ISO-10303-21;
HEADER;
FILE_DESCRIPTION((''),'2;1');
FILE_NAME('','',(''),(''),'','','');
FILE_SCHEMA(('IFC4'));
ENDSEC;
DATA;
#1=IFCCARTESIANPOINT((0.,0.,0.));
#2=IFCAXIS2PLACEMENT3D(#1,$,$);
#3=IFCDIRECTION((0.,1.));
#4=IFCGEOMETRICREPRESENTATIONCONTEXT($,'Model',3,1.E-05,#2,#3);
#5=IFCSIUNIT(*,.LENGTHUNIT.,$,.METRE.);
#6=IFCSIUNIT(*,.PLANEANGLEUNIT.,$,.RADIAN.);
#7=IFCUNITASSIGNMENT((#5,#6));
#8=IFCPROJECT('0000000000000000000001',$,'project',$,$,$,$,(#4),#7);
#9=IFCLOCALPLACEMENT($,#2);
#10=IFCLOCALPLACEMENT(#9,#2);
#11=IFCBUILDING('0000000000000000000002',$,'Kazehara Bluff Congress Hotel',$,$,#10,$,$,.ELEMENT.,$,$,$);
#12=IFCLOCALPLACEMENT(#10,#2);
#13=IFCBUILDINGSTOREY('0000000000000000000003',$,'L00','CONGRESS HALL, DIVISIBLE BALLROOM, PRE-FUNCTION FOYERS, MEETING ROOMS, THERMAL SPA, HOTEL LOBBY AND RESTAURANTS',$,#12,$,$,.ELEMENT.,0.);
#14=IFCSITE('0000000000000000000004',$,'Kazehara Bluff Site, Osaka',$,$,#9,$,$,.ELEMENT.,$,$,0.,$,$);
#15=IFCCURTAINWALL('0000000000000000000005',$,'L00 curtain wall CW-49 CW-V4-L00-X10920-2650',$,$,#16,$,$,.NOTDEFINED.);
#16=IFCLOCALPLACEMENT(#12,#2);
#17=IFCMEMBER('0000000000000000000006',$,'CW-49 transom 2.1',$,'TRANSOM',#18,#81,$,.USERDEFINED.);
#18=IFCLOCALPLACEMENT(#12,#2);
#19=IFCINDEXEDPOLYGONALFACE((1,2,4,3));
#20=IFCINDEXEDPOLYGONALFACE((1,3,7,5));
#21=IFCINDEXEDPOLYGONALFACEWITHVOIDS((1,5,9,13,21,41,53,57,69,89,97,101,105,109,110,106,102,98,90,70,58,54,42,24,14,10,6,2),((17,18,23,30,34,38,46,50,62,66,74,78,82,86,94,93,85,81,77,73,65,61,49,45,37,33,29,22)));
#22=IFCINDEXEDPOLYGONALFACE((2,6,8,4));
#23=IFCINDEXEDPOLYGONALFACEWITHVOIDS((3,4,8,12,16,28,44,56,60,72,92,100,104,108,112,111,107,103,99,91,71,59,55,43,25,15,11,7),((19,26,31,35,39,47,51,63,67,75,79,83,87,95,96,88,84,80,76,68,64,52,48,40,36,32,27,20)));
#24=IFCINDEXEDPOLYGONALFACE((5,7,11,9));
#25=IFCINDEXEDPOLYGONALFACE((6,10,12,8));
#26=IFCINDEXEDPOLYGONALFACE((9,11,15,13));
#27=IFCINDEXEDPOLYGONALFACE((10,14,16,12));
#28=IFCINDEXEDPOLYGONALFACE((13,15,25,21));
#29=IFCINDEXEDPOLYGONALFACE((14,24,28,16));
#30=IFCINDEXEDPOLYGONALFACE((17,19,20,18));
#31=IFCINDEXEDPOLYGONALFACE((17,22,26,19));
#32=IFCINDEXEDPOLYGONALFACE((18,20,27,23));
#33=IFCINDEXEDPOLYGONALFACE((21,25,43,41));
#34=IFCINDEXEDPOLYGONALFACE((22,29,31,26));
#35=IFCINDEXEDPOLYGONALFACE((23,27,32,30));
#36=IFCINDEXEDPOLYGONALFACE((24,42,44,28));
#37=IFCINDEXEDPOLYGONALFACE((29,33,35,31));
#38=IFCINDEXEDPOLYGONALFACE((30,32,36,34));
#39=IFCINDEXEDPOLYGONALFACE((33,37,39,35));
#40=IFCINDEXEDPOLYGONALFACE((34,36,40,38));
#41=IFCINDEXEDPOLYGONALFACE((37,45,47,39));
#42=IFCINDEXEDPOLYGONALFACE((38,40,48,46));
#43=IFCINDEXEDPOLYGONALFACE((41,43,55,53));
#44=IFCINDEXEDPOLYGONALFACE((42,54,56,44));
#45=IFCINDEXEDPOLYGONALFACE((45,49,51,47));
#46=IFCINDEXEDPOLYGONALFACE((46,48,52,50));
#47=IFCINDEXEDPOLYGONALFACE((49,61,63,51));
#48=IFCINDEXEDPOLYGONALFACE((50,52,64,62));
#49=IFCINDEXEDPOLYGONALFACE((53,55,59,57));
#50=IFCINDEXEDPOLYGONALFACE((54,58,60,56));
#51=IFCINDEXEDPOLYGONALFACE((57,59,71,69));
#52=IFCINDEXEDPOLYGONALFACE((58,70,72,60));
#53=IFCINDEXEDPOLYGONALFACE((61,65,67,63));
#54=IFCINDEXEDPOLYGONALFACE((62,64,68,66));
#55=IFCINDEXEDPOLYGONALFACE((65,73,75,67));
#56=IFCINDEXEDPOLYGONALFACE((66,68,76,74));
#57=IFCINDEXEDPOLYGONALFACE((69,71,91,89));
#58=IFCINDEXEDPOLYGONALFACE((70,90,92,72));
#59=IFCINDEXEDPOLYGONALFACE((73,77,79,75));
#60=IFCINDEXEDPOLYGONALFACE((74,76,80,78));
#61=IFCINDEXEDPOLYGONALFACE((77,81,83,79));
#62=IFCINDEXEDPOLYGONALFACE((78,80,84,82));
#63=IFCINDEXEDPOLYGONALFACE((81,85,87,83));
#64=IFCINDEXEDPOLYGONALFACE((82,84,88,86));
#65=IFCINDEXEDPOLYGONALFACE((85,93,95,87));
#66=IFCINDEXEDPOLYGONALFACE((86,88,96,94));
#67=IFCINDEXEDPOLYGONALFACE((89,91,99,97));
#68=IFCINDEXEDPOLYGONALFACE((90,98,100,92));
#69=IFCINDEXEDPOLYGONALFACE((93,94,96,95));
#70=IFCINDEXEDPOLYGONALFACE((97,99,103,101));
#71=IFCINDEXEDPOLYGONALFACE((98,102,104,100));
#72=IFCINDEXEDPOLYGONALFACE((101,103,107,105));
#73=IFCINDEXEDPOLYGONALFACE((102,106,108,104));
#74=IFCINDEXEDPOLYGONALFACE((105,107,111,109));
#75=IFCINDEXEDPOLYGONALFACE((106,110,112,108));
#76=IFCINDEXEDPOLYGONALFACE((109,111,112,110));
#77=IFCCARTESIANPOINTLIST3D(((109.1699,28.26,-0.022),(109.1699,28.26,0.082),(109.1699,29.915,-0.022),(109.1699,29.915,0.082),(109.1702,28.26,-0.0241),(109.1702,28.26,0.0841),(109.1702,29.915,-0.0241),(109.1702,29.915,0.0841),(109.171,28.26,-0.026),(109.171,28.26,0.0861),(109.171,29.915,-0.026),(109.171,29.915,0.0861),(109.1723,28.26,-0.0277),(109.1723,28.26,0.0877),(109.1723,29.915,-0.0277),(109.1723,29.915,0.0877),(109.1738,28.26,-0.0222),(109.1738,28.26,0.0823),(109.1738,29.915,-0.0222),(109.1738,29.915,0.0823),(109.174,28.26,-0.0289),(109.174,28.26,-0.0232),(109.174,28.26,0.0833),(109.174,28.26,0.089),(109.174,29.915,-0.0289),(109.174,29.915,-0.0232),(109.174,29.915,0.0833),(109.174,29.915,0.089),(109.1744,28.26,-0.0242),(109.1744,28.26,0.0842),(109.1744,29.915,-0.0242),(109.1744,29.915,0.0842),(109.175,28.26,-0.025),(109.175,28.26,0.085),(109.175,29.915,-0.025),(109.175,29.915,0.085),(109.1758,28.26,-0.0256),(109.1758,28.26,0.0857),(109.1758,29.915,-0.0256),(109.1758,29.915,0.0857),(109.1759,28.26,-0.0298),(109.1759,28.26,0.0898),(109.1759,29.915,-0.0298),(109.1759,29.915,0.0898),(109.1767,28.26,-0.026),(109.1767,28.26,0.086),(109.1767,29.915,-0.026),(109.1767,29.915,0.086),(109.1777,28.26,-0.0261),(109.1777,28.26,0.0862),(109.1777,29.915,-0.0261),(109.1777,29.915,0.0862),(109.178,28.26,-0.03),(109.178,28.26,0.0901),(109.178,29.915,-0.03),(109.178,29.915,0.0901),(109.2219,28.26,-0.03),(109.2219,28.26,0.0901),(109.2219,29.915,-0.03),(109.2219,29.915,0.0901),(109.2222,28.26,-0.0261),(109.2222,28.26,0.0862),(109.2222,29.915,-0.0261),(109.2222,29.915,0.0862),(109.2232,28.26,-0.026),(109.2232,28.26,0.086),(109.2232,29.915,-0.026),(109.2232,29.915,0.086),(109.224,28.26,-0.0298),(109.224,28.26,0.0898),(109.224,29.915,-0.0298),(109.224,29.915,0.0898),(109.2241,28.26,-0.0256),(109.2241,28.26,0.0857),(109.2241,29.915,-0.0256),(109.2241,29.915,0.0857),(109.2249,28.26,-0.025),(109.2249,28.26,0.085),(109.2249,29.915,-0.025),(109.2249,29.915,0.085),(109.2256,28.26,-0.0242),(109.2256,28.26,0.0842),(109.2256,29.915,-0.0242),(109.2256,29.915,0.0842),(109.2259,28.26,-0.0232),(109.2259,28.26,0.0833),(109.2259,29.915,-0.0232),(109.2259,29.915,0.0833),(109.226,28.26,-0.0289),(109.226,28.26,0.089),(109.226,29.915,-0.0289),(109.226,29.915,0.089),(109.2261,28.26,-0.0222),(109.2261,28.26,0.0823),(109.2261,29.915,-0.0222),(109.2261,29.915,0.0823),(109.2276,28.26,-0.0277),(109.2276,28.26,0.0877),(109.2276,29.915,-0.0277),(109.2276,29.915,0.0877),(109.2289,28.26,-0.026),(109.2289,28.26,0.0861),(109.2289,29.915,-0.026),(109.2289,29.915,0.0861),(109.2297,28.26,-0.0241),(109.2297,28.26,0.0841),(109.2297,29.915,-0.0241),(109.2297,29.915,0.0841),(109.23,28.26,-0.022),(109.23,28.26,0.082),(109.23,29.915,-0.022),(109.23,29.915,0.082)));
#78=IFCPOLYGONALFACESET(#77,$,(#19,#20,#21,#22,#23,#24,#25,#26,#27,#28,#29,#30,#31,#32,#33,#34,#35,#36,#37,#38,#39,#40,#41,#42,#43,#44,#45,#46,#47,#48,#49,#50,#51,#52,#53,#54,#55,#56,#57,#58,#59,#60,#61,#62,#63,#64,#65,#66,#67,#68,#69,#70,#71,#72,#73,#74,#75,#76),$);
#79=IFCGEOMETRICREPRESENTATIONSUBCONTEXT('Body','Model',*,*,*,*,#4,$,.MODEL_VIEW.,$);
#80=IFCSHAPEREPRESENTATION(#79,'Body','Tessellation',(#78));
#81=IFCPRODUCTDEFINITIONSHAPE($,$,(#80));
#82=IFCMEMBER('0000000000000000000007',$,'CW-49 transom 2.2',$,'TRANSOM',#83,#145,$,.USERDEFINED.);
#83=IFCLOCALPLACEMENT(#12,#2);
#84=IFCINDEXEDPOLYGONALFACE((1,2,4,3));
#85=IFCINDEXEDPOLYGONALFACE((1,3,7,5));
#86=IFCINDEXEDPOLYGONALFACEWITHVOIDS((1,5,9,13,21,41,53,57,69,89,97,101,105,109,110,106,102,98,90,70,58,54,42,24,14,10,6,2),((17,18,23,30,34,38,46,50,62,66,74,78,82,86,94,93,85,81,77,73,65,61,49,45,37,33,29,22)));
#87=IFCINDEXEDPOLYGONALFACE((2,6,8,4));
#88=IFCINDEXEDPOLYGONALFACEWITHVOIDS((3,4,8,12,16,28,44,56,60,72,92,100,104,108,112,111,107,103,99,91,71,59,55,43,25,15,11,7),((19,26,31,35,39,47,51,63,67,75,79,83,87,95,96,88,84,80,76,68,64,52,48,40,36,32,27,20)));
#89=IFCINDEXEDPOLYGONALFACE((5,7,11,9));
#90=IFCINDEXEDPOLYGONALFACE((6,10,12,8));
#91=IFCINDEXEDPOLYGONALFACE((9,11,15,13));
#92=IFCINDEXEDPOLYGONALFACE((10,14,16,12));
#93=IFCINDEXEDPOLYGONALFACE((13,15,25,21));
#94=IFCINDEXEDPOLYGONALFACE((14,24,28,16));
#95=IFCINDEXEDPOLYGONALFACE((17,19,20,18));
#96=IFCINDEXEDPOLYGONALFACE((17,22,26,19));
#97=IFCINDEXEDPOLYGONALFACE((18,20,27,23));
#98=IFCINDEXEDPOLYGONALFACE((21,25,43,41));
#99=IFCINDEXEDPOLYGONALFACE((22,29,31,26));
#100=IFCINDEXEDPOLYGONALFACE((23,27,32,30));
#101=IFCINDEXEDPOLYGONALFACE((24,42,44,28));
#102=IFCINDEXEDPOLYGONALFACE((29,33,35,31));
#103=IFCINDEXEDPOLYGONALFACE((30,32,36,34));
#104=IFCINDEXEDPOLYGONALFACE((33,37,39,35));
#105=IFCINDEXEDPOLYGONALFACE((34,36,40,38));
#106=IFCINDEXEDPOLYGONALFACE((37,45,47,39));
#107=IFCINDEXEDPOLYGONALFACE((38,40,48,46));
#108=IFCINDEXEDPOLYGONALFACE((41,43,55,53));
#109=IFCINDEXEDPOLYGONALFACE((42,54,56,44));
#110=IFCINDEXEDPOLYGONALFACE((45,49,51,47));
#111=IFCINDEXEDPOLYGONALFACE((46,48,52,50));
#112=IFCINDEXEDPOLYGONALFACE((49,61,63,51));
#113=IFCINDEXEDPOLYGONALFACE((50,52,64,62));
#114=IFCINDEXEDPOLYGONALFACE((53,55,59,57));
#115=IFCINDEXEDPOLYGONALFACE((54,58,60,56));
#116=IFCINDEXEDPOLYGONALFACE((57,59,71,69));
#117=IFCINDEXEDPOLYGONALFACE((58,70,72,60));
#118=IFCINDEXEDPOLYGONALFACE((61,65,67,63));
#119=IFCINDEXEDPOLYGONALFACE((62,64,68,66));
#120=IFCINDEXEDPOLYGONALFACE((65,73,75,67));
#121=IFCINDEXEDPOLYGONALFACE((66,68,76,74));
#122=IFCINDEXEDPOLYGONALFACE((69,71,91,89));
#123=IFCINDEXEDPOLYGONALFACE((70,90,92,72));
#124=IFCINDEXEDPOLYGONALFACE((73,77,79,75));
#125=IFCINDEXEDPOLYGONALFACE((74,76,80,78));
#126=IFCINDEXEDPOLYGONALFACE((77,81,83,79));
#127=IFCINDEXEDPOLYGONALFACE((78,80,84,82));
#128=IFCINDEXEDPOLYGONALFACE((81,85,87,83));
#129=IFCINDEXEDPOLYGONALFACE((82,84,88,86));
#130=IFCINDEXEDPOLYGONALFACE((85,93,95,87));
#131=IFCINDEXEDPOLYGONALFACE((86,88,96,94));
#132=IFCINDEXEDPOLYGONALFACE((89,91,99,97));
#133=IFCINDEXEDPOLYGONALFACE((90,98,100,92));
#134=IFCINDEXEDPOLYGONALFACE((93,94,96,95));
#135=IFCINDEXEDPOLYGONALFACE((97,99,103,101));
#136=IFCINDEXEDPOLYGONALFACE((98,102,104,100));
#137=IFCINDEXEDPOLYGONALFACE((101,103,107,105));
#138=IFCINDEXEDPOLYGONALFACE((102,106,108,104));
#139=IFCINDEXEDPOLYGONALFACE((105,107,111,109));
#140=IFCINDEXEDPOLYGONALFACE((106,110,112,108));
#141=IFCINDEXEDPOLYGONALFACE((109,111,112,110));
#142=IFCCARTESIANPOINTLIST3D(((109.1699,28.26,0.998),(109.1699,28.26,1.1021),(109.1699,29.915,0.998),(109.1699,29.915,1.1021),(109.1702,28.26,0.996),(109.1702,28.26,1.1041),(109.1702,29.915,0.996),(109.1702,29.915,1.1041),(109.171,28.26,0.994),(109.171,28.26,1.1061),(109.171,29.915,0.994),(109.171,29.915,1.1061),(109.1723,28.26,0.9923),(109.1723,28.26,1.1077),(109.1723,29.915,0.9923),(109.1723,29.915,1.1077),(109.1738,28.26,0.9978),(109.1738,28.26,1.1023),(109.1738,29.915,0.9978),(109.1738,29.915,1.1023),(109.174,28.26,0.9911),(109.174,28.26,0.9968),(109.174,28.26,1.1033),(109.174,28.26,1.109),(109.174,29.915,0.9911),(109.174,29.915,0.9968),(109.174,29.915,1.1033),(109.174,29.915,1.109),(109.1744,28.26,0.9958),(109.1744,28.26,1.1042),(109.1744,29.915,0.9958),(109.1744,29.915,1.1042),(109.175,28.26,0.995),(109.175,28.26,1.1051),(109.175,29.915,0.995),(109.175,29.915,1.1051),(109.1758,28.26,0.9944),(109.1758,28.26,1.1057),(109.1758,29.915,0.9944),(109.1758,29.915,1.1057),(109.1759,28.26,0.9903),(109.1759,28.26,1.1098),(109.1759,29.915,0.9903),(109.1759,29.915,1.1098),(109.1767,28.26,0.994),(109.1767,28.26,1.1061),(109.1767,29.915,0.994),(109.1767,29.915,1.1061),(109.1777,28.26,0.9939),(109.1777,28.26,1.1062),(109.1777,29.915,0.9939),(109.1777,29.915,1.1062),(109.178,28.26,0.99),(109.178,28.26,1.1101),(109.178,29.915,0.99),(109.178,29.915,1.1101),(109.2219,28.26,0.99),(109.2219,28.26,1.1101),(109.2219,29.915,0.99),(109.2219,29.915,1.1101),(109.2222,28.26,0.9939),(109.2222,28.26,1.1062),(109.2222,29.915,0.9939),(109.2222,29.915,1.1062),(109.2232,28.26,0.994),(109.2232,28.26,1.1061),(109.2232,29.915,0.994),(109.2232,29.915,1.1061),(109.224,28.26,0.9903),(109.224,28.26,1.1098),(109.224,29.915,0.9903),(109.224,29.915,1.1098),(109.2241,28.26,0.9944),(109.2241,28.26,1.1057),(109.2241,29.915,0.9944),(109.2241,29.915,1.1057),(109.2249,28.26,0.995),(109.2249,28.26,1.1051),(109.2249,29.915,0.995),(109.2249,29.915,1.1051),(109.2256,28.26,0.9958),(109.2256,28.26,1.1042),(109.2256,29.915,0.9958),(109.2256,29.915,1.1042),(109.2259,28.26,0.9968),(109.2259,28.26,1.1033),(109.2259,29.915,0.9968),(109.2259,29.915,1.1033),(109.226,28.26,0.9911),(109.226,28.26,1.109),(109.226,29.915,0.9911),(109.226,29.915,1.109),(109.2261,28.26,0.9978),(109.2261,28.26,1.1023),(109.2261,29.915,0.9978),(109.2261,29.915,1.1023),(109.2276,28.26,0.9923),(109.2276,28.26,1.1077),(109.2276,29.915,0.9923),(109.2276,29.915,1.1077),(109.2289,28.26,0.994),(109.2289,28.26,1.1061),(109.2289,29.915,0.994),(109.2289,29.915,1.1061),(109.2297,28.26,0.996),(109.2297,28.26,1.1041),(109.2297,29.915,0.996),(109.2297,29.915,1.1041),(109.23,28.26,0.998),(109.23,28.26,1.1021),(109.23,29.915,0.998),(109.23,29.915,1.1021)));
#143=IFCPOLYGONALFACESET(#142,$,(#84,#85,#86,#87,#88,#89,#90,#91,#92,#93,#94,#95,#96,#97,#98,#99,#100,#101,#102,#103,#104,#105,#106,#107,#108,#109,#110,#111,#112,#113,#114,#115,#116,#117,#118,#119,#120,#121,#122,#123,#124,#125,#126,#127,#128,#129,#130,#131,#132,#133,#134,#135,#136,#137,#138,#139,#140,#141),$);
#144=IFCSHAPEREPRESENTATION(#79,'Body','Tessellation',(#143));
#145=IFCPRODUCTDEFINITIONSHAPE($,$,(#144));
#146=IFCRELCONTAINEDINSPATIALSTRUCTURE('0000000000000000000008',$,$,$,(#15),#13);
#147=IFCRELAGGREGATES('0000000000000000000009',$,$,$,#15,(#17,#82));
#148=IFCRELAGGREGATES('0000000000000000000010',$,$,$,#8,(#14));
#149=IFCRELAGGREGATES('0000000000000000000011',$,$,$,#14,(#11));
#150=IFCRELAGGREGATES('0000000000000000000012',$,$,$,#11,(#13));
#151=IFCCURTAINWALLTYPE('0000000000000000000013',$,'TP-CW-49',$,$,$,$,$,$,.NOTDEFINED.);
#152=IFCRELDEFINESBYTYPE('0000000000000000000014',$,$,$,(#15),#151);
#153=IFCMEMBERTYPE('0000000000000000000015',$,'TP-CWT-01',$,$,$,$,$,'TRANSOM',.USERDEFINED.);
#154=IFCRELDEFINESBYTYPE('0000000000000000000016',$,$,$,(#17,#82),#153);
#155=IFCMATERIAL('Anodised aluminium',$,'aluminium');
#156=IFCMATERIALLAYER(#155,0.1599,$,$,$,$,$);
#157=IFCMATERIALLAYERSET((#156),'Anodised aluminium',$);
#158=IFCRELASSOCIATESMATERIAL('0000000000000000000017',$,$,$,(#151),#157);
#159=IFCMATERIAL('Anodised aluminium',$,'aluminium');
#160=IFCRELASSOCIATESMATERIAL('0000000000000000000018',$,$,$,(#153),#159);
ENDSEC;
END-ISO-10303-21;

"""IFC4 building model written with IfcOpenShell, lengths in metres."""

from ifc_helpers import new_model, si_unit, direction, frame, origin, origin_2d, place, context, subcontext, project, spatial, hollow_rectangle, extrude, material, layer, layer_set, material_profile, profile_set, type_object, element, aggregate, save


model = new_model("IFC4")

# Units and contexts
model_context = context("Model", 3, precision=1e-05, world=origin(), true_north=direction((0.0, 1.0)))
body_context = subcontext(model_context, "Body", "Model", "MODEL_VIEW")
ifc_project = project(units=[si_unit("LENGTHUNIT", "METRE"), si_unit("PLANEANGLEUNIT", "RADIAN")], contexts=[model_context])

# Site, building, storey
site_placement = place(None, origin())
site = spatial("IfcSite", under=ifc_project, at=site_placement, Name="Kazehara Bluff Site, Osaka", CompositionType="ELEMENT", RefElevation=0.0)
building_placement = place(site_placement, origin())
building = spatial("IfcBuilding", under=site, at=building_placement, Name="Kazehara Bluff Congress Hotel", CompositionType="ELEMENT")
storey_placement = place(building_placement, origin())
storey = spatial("IfcBuildingStorey", under=building, at=storey_placement, Name="L00", Description="CONGRESS HALL, DIVISIBLE BALLROOM, PRE-FUNCTION FOYERS, MEETING ROOMS, THERMAL SPA, HOTEL LOBBY AND RESTAURANTS", CompositionType="ELEMENT", Elevation=0.0)

# Curtain wall, members
ifc_material_1 = material(Name="Anodised aluminium", Category="aluminium")
ifc_layer_1 = layer(ifc_material_1, 0.1599)
ifc_layer_set_1 = layer_set([ifc_layer_1], Name="Anodised aluminium")
curtain_wall_type = type_object("IfcCurtainWallType", Name="TP-CW-49", PredefinedType="NOTDEFINED", material=ifc_layer_set_1)
curtain_wall_placement = place(storey_placement, origin())
curtain_wall = element("IfcCurtainWall", 1, at=curtain_wall_placement, inside=storey, type_object=curtain_wall_type, Name="L00 curtain wall CW-49 CW-V4-L00-X10920-2650", PredefinedType="NOTDEFINED")
ifc_material_2 = material(Name="Anodised aluminium", Category="aluminium")
ifc_material_profile_1 = material_profile(ifc_material_2, hollow_rectangle(XDim=0.0601, YDim=0.1201, WallThickness=0.0039, InnerFilletRadius=0.0039, OuterFilletRadius=0.0081, at=origin_2d()))
ifc_profile_set_1 = profile_set([ifc_material_profile_1], Name="Anodised aluminium")
member_type_1 = type_object("IfcMemberType", Name="TP-CWT-01", ElementType="TRANSOM", PredefinedType="USERDEFINED", material=ifc_profile_set_1)
member_1_placement = place(storey_placement, frame((109.2, 28.26, 0.03), z_axis=(0.0, 1.0, 0.0), x_axis=(-1.0, 0.0, 0.0)))
member_1 = element("IfcMember", 2, at=member_1_placement, type_object=member_type_1, Name="CW-49 transom 2.1", ObjectType="TRANSOM", PredefinedType="USERDEFINED", context=body_context, shape_type="SweptSolid", body=[
    extrude(hollow_rectangle(XDim=0.0601, YDim=0.1201, WallThickness=0.0039, InnerFilletRadius=0.0039, OuterFilletRadius=0.0081, at=origin_2d()), origin(), (0.0, 0.0, 1.0), 1.655),
])
member_2_placement = place(storey_placement, frame((109.2, 28.26, 1.05), z_axis=(0.0, 1.0, 0.0), x_axis=(-1.0, 0.0, 0.0)))
member_2 = element("IfcMember", 3, at=member_2_placement, type_object=member_type_1, Name="CW-49 transom 2.2", ObjectType="TRANSOM", PredefinedType="USERDEFINED", context=body_context, shape_type="SweptSolid", body=[
    extrude(hollow_rectangle(XDim=0.0601, YDim=0.1201, WallThickness=0.0039, InnerFilletRadius=0.0039, OuterFilletRadius=0.0081, at=origin_2d()), origin(), (0.0, 0.0, 1.0), 1.655),
])

aggregate(curtain_wall, [member_1, member_2])

save(model, "model.ifc")
